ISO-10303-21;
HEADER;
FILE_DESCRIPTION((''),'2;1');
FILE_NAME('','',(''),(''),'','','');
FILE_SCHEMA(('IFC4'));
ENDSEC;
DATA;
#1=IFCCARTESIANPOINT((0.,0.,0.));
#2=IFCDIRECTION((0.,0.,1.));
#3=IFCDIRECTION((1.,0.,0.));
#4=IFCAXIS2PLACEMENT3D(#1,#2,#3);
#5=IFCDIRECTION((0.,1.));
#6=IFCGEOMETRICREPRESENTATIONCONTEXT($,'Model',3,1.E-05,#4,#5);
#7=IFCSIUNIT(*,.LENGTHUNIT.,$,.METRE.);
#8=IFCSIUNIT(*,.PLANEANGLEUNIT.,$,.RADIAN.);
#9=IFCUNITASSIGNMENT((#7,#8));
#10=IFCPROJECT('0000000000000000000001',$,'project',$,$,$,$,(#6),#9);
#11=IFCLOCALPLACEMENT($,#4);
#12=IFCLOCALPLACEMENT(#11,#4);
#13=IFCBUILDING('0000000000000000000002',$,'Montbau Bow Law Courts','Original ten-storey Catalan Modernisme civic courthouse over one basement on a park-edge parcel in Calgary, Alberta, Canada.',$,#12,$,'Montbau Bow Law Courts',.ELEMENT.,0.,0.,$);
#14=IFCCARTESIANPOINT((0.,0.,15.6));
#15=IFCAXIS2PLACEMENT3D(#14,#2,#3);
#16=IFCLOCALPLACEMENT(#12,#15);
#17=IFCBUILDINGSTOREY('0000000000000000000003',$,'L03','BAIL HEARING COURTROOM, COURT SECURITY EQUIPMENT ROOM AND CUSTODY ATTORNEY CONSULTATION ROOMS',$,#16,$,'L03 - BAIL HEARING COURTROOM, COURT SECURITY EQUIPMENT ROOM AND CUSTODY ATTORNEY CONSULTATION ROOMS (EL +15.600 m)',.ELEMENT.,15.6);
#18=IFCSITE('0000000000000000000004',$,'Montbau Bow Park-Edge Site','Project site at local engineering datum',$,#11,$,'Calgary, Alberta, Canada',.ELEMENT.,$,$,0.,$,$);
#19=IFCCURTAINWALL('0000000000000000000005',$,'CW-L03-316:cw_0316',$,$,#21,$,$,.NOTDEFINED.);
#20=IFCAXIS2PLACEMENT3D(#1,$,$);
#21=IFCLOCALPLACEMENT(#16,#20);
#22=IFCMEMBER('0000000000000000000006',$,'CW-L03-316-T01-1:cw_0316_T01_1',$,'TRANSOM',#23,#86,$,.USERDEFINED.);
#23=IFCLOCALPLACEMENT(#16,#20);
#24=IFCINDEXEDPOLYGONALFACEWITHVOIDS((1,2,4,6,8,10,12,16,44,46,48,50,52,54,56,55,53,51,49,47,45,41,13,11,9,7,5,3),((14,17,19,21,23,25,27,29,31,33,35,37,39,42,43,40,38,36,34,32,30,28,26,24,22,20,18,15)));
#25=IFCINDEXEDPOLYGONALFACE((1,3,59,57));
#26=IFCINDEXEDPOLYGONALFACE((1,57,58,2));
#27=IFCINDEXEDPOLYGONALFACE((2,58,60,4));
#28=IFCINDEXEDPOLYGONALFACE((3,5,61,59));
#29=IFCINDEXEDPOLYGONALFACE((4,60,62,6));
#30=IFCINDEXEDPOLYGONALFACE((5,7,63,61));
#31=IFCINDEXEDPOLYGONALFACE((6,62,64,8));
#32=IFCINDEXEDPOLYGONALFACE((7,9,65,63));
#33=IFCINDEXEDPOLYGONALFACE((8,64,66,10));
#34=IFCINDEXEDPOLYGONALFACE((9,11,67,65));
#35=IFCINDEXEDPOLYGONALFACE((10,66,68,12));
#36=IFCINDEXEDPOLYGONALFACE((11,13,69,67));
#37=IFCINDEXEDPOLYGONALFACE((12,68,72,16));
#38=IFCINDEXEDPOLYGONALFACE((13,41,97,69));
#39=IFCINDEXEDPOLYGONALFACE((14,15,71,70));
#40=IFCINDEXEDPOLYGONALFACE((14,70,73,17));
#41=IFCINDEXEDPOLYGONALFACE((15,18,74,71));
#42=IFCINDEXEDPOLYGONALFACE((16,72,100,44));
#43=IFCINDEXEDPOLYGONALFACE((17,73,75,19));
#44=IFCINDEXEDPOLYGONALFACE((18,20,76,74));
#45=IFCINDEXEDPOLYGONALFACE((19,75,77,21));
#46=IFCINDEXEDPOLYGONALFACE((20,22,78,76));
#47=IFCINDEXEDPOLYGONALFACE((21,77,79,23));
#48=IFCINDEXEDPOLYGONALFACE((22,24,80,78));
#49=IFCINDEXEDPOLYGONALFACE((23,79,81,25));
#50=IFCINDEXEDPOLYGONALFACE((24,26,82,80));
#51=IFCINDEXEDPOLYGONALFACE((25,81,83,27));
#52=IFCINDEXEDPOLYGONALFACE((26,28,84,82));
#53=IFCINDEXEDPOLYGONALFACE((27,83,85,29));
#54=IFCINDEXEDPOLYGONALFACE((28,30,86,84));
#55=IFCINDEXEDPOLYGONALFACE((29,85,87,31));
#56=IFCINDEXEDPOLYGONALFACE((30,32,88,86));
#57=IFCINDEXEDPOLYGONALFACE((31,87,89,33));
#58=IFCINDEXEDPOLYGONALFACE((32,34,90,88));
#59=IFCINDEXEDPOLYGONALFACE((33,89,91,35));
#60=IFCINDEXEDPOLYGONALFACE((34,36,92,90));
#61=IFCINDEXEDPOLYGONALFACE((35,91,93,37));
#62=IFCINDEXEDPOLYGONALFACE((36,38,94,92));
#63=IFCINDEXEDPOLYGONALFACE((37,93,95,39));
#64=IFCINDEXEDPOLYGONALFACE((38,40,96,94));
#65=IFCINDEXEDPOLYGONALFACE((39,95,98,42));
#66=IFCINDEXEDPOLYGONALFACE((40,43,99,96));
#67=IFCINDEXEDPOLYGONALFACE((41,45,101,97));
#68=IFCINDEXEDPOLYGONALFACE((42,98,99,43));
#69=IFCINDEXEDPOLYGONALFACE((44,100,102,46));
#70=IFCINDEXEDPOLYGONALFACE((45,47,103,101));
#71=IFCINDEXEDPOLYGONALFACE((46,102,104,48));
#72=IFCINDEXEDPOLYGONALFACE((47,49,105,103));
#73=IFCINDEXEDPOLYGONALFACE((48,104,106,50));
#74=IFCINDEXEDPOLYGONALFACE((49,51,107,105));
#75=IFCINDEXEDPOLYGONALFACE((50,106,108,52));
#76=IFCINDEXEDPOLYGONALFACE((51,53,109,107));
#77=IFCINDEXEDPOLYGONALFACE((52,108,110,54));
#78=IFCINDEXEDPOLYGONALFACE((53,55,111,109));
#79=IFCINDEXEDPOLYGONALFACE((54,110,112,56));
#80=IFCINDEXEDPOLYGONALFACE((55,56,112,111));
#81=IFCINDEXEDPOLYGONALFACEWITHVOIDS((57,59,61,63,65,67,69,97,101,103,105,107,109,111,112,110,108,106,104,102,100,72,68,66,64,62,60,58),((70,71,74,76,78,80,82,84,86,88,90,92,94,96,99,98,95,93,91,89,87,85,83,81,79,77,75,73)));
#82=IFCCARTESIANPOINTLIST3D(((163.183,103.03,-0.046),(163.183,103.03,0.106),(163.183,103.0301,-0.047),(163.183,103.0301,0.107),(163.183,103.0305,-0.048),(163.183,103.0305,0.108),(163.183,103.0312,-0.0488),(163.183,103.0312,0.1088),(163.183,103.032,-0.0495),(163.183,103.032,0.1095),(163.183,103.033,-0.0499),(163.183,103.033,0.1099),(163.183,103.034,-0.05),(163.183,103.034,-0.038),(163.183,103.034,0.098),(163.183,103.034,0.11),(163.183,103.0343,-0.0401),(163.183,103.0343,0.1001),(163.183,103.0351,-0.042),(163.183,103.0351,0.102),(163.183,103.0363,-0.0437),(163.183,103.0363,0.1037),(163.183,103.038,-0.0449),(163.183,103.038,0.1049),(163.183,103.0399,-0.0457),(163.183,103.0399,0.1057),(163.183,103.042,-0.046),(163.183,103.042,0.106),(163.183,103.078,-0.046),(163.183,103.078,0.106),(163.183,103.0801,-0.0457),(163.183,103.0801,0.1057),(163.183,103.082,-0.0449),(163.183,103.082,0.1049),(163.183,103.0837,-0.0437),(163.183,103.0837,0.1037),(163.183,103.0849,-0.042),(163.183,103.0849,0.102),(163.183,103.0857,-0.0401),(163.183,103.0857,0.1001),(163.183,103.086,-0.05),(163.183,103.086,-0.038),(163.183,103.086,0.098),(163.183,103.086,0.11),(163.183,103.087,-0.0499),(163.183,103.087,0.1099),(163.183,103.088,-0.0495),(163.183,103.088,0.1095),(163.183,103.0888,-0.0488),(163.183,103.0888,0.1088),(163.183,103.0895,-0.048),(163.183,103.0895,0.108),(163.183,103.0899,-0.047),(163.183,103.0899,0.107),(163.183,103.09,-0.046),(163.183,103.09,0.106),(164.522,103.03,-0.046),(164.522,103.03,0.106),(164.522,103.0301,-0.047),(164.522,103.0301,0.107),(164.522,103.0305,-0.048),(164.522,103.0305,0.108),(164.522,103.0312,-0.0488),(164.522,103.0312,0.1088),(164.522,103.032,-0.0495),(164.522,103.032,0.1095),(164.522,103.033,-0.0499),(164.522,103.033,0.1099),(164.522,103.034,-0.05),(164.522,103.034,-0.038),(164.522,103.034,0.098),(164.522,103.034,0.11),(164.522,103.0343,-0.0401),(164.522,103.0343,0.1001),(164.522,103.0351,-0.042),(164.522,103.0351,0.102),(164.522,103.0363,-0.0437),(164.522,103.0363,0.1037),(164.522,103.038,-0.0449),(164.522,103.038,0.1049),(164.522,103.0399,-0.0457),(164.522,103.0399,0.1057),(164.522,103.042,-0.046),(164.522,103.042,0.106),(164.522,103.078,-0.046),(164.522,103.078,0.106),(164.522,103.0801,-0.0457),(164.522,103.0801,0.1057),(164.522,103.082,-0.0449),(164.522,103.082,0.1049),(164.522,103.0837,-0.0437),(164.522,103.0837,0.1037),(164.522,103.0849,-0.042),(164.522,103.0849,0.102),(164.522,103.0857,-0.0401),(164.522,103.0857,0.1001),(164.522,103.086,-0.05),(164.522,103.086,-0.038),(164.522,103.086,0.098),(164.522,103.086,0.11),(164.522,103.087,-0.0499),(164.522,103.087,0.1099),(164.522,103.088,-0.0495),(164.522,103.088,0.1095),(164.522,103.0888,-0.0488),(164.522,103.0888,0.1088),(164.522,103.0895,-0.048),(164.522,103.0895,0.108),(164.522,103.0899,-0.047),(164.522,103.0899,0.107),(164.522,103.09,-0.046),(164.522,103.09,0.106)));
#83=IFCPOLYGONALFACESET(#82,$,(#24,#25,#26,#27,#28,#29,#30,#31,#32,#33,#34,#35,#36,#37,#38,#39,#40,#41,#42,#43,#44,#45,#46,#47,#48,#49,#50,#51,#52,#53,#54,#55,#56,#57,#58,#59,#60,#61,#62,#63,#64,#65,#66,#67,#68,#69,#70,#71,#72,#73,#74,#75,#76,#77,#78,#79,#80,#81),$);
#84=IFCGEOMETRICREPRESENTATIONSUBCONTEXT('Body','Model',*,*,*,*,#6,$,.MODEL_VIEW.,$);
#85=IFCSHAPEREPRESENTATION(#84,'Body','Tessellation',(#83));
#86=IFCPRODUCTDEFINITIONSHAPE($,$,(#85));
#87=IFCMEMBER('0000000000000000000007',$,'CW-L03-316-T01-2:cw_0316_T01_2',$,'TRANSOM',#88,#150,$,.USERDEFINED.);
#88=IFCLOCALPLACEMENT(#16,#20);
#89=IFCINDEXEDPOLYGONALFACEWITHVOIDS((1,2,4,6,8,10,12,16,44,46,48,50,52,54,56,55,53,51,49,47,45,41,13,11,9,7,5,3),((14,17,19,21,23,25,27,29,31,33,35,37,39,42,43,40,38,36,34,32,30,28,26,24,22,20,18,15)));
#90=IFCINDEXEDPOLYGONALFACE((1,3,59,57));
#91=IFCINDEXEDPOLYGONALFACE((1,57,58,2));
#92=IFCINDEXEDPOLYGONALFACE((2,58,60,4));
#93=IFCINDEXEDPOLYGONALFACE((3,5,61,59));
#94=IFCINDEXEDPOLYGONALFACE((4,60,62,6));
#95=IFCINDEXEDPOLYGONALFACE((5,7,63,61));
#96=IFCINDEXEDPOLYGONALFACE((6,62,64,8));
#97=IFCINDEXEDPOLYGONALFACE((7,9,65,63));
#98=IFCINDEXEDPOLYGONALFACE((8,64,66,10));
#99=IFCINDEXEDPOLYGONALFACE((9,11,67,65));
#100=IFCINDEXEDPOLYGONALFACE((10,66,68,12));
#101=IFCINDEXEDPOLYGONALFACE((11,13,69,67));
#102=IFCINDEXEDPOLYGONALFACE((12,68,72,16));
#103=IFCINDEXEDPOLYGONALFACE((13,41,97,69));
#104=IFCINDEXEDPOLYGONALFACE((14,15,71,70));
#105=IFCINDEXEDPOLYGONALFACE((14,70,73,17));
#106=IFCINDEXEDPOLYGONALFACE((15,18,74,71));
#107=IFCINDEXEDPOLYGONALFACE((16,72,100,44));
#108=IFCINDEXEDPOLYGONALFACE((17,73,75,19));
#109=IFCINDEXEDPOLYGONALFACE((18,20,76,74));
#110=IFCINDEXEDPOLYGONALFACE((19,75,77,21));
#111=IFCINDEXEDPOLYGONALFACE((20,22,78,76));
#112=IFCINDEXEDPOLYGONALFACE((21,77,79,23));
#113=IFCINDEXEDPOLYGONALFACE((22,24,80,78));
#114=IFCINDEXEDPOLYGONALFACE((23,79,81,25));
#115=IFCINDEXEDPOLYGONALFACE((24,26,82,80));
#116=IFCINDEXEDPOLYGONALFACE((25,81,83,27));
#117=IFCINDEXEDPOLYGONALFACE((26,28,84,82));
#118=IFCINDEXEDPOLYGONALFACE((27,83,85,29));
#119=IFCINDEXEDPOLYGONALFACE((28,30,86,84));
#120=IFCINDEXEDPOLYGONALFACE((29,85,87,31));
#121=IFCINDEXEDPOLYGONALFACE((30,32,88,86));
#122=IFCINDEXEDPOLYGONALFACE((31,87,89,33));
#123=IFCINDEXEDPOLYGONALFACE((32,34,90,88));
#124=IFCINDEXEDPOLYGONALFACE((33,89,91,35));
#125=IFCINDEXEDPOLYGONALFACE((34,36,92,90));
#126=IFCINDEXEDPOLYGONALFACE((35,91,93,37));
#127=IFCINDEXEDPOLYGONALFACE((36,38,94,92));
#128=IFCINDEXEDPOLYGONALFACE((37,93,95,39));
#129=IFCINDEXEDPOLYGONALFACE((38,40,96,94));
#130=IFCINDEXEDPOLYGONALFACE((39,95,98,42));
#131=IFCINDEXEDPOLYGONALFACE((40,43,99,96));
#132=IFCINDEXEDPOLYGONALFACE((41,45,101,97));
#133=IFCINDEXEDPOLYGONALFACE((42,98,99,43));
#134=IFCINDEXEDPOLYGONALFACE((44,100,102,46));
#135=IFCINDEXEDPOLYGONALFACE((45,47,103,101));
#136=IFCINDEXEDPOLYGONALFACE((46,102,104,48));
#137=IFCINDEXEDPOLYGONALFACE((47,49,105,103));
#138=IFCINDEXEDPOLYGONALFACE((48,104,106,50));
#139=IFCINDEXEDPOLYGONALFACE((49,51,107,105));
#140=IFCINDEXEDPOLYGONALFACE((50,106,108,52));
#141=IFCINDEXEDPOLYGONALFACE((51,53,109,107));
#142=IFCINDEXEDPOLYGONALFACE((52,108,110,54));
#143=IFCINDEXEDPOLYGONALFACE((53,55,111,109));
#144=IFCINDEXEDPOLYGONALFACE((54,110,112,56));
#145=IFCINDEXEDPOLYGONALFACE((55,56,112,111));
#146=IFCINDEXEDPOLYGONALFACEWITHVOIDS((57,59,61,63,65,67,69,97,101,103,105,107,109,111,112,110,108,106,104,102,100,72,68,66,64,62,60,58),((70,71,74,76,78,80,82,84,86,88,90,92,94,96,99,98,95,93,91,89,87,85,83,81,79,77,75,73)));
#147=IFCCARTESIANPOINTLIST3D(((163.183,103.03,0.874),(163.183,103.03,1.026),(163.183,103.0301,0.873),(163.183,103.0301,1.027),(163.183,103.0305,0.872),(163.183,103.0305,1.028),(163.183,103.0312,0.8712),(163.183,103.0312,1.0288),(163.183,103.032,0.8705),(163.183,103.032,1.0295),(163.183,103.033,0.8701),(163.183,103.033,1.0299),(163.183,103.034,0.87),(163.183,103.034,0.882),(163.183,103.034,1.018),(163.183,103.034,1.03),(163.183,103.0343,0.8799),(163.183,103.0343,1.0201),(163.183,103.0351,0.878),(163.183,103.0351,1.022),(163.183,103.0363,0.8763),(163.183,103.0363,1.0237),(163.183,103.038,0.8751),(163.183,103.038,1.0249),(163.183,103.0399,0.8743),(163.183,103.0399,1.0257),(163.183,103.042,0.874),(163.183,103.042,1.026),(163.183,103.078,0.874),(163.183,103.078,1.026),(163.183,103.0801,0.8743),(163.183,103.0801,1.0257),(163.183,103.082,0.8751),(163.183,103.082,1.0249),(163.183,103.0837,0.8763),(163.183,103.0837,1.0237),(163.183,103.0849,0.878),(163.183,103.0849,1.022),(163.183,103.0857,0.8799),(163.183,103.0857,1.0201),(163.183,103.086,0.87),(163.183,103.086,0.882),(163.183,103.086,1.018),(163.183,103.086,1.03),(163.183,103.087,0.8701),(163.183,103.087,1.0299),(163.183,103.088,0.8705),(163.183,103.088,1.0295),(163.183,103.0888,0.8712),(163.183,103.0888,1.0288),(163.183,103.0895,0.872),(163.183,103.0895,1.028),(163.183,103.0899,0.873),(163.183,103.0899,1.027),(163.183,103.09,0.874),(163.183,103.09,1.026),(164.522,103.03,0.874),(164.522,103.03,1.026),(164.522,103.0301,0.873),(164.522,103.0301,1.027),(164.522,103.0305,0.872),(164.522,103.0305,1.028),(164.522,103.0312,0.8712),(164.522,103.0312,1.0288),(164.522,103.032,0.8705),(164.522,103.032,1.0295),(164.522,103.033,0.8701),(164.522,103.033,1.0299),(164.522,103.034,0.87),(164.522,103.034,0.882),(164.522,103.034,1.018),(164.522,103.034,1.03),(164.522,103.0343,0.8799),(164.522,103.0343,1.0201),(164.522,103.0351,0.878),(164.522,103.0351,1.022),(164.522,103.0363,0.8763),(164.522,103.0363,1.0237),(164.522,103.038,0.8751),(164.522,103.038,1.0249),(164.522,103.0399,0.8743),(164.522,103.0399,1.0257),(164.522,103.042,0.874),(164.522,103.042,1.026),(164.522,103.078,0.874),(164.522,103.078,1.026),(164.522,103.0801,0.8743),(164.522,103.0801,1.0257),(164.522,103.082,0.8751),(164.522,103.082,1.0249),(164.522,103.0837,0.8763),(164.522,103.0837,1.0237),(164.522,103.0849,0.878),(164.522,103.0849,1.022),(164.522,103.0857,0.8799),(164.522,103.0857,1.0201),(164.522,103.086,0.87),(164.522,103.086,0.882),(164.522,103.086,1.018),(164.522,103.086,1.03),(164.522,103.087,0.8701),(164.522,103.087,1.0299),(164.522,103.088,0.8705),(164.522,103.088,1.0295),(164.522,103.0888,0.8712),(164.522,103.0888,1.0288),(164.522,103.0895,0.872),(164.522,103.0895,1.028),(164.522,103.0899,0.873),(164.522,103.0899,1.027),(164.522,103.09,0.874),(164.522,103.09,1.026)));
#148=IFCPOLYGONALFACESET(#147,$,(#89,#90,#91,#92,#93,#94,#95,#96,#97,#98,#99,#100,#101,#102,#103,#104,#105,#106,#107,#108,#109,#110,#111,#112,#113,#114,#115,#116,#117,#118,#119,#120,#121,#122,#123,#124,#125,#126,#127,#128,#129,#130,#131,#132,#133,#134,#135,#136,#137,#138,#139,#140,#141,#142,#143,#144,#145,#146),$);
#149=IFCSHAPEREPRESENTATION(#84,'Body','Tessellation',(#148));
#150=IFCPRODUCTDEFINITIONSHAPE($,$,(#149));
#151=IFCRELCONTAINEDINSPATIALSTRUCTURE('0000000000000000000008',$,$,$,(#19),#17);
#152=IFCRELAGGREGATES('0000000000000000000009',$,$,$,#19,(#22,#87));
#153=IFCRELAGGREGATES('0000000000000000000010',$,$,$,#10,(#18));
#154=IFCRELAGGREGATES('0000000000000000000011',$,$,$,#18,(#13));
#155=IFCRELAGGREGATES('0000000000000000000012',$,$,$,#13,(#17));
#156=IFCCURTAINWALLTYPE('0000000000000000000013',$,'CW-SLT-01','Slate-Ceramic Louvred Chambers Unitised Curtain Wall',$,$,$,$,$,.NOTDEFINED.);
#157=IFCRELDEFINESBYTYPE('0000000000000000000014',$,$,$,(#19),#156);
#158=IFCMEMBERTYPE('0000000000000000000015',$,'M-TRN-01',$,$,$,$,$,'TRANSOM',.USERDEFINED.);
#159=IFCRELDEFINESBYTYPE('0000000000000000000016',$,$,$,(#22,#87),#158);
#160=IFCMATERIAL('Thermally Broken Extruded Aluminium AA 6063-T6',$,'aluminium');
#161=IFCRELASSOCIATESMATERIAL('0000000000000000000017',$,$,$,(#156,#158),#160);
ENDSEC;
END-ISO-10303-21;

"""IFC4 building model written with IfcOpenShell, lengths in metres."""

from ifc_helpers import new_model, si_unit, direction, frame, origin_with_axes, origin_2d_with_axis, place, context, subcontext, project, spatial, hollow_rectangle, extrude, material, material_profile, profile_set, type_object, element, aggregate, save


model = new_model("IFC4")

# Units and contexts
model_context = context("Model", 3, precision=1e-05, world=origin_with_axes(), true_north=direction((0.0, 1.0)))
body_context = subcontext(model_context, "Body", "Model", "MODEL_VIEW")
ifc_project = project(units=[si_unit("LENGTHUNIT", "METRE"), si_unit("PLANEANGLEUNIT", "RADIAN")], contexts=[model_context])

# Site, building, storey
site_placement = place(None, origin_with_axes())
site = spatial("IfcSite", under=ifc_project, at=site_placement, Name="Montbau Bow Park-Edge Site", Description="Project site at local engineering datum", LongName="Calgary, Alberta, Canada", CompositionType="ELEMENT", RefElevation=0.0)
building_placement = place(site_placement, origin_with_axes())
building = spatial("IfcBuilding", under=site, at=building_placement, Name="Montbau Bow Law Courts", Description="Original ten-storey Catalan Modernisme civic courthouse over one basement on a park-edge parcel in Calgary, Alberta, Canada.", LongName="Montbau Bow Law Courts", CompositionType="ELEMENT", ElevationOfRefHeight=0.0, ElevationOfTerrain=0.0)
storey_placement = place(building_placement, frame((0.0, 0.0, 15.6), z_axis=(0.0, 0.0, 1.0), x_axis=(1.0, 0.0, 0.0)))
storey = spatial("IfcBuildingStorey", under=building, at=storey_placement, Name="L03", Description="BAIL HEARING COURTROOM, COURT SECURITY EQUIPMENT ROOM AND CUSTODY ATTORNEY CONSULTATION ROOMS", LongName="L03 - BAIL HEARING COURTROOM, COURT SECURITY EQUIPMENT ROOM AND CUSTODY ATTORNEY CONSULTATION ROOMS (EL +15.600 m)", CompositionType="ELEMENT", Elevation=15.6)

# Curtain wall, members
ifc_material_1 = material(Name="Thermally Broken Extruded Aluminium AA 6063-T6", Category="aluminium")
curtain_wall_type = type_object("IfcCurtainWallType", Name="CW-SLT-01", Description="Slate-Ceramic Louvred Chambers Unitised Curtain Wall", PredefinedType="NOTDEFINED", material=ifc_material_1)
curtain_wall_placement = place(None, frame((163.115, 103.06, 15.6), z_axis=(0.0, 0.0, 1.0), x_axis=(1.0, 0.0, 0.0)))
curtain_wall = element("IfcCurtainWall", 1, at=curtain_wall_placement, inside=storey, type_object=curtain_wall_type, Name="CW-L03-316:cw_0316", PredefinedType="NOTDEFINED")
ifc_material_profile_1 = material_profile(ifc_material_1, hollow_rectangle(XDim=0.06, YDim=0.16, WallThickness=0.004, InnerFilletRadius=0.008, OuterFilletRadius=0.004, at=origin_2d_with_axis()), Name="CWT-160X60", Category="Main", Priority=0)
ifc_profile_set_1 = profile_set([ifc_material_profile_1], Name="Thermally Broken Extruded Aluminium AA 6063-T6")
member_type_1 = type_object("IfcMemberType", Name="M-TRN-01", ElementType="TRANSOM", PredefinedType="USERDEFINED", material=ifc_profile_set_1)
member_1_placement = place(None, frame((163.183, 103.06, 15.63), z_axis=(1.0, 0.0, 0.0), x_axis=(0.0, 1.0, 0.0)))
member_1 = element("IfcMember", 2, at=member_1_placement, type_object=member_type_1, Name="CW-L03-316-T01-1:cw_0316_T01_1", ObjectType="TRANSOM", PredefinedType="USERDEFINED", context=body_context, shape_type="SweptSolid", body=[
    extrude(hollow_rectangle(XDim=0.06, YDim=0.16, WallThickness=0.004, InnerFilletRadius=0.008, OuterFilletRadius=0.004, at=origin_2d_with_axis()), origin_with_axes(), (0.0, 0.0, 1.0), 1.339),
])
member_2_placement = place(None, frame((163.183, 103.06, 16.55), z_axis=(1.0, 0.0, 0.0), x_axis=(0.0, 1.0, 0.0)))
member_2 = element("IfcMember", 3, at=member_2_placement, type_object=member_type_1, Name="CW-L03-316-T01-2:cw_0316_T01_2", ObjectType="TRANSOM", PredefinedType="USERDEFINED", context=body_context, shape_type="SweptSolid", body=[
    extrude(hollow_rectangle(XDim=0.06, YDim=0.16, WallThickness=0.004, InnerFilletRadius=0.008, OuterFilletRadius=0.004, at=origin_2d_with_axis()), origin_with_axes(), (0.0, 0.0, 1.0), 1.339),
])
aggregate(curtain_wall, [member_1, member_2])

save(model, "model.ifc")
